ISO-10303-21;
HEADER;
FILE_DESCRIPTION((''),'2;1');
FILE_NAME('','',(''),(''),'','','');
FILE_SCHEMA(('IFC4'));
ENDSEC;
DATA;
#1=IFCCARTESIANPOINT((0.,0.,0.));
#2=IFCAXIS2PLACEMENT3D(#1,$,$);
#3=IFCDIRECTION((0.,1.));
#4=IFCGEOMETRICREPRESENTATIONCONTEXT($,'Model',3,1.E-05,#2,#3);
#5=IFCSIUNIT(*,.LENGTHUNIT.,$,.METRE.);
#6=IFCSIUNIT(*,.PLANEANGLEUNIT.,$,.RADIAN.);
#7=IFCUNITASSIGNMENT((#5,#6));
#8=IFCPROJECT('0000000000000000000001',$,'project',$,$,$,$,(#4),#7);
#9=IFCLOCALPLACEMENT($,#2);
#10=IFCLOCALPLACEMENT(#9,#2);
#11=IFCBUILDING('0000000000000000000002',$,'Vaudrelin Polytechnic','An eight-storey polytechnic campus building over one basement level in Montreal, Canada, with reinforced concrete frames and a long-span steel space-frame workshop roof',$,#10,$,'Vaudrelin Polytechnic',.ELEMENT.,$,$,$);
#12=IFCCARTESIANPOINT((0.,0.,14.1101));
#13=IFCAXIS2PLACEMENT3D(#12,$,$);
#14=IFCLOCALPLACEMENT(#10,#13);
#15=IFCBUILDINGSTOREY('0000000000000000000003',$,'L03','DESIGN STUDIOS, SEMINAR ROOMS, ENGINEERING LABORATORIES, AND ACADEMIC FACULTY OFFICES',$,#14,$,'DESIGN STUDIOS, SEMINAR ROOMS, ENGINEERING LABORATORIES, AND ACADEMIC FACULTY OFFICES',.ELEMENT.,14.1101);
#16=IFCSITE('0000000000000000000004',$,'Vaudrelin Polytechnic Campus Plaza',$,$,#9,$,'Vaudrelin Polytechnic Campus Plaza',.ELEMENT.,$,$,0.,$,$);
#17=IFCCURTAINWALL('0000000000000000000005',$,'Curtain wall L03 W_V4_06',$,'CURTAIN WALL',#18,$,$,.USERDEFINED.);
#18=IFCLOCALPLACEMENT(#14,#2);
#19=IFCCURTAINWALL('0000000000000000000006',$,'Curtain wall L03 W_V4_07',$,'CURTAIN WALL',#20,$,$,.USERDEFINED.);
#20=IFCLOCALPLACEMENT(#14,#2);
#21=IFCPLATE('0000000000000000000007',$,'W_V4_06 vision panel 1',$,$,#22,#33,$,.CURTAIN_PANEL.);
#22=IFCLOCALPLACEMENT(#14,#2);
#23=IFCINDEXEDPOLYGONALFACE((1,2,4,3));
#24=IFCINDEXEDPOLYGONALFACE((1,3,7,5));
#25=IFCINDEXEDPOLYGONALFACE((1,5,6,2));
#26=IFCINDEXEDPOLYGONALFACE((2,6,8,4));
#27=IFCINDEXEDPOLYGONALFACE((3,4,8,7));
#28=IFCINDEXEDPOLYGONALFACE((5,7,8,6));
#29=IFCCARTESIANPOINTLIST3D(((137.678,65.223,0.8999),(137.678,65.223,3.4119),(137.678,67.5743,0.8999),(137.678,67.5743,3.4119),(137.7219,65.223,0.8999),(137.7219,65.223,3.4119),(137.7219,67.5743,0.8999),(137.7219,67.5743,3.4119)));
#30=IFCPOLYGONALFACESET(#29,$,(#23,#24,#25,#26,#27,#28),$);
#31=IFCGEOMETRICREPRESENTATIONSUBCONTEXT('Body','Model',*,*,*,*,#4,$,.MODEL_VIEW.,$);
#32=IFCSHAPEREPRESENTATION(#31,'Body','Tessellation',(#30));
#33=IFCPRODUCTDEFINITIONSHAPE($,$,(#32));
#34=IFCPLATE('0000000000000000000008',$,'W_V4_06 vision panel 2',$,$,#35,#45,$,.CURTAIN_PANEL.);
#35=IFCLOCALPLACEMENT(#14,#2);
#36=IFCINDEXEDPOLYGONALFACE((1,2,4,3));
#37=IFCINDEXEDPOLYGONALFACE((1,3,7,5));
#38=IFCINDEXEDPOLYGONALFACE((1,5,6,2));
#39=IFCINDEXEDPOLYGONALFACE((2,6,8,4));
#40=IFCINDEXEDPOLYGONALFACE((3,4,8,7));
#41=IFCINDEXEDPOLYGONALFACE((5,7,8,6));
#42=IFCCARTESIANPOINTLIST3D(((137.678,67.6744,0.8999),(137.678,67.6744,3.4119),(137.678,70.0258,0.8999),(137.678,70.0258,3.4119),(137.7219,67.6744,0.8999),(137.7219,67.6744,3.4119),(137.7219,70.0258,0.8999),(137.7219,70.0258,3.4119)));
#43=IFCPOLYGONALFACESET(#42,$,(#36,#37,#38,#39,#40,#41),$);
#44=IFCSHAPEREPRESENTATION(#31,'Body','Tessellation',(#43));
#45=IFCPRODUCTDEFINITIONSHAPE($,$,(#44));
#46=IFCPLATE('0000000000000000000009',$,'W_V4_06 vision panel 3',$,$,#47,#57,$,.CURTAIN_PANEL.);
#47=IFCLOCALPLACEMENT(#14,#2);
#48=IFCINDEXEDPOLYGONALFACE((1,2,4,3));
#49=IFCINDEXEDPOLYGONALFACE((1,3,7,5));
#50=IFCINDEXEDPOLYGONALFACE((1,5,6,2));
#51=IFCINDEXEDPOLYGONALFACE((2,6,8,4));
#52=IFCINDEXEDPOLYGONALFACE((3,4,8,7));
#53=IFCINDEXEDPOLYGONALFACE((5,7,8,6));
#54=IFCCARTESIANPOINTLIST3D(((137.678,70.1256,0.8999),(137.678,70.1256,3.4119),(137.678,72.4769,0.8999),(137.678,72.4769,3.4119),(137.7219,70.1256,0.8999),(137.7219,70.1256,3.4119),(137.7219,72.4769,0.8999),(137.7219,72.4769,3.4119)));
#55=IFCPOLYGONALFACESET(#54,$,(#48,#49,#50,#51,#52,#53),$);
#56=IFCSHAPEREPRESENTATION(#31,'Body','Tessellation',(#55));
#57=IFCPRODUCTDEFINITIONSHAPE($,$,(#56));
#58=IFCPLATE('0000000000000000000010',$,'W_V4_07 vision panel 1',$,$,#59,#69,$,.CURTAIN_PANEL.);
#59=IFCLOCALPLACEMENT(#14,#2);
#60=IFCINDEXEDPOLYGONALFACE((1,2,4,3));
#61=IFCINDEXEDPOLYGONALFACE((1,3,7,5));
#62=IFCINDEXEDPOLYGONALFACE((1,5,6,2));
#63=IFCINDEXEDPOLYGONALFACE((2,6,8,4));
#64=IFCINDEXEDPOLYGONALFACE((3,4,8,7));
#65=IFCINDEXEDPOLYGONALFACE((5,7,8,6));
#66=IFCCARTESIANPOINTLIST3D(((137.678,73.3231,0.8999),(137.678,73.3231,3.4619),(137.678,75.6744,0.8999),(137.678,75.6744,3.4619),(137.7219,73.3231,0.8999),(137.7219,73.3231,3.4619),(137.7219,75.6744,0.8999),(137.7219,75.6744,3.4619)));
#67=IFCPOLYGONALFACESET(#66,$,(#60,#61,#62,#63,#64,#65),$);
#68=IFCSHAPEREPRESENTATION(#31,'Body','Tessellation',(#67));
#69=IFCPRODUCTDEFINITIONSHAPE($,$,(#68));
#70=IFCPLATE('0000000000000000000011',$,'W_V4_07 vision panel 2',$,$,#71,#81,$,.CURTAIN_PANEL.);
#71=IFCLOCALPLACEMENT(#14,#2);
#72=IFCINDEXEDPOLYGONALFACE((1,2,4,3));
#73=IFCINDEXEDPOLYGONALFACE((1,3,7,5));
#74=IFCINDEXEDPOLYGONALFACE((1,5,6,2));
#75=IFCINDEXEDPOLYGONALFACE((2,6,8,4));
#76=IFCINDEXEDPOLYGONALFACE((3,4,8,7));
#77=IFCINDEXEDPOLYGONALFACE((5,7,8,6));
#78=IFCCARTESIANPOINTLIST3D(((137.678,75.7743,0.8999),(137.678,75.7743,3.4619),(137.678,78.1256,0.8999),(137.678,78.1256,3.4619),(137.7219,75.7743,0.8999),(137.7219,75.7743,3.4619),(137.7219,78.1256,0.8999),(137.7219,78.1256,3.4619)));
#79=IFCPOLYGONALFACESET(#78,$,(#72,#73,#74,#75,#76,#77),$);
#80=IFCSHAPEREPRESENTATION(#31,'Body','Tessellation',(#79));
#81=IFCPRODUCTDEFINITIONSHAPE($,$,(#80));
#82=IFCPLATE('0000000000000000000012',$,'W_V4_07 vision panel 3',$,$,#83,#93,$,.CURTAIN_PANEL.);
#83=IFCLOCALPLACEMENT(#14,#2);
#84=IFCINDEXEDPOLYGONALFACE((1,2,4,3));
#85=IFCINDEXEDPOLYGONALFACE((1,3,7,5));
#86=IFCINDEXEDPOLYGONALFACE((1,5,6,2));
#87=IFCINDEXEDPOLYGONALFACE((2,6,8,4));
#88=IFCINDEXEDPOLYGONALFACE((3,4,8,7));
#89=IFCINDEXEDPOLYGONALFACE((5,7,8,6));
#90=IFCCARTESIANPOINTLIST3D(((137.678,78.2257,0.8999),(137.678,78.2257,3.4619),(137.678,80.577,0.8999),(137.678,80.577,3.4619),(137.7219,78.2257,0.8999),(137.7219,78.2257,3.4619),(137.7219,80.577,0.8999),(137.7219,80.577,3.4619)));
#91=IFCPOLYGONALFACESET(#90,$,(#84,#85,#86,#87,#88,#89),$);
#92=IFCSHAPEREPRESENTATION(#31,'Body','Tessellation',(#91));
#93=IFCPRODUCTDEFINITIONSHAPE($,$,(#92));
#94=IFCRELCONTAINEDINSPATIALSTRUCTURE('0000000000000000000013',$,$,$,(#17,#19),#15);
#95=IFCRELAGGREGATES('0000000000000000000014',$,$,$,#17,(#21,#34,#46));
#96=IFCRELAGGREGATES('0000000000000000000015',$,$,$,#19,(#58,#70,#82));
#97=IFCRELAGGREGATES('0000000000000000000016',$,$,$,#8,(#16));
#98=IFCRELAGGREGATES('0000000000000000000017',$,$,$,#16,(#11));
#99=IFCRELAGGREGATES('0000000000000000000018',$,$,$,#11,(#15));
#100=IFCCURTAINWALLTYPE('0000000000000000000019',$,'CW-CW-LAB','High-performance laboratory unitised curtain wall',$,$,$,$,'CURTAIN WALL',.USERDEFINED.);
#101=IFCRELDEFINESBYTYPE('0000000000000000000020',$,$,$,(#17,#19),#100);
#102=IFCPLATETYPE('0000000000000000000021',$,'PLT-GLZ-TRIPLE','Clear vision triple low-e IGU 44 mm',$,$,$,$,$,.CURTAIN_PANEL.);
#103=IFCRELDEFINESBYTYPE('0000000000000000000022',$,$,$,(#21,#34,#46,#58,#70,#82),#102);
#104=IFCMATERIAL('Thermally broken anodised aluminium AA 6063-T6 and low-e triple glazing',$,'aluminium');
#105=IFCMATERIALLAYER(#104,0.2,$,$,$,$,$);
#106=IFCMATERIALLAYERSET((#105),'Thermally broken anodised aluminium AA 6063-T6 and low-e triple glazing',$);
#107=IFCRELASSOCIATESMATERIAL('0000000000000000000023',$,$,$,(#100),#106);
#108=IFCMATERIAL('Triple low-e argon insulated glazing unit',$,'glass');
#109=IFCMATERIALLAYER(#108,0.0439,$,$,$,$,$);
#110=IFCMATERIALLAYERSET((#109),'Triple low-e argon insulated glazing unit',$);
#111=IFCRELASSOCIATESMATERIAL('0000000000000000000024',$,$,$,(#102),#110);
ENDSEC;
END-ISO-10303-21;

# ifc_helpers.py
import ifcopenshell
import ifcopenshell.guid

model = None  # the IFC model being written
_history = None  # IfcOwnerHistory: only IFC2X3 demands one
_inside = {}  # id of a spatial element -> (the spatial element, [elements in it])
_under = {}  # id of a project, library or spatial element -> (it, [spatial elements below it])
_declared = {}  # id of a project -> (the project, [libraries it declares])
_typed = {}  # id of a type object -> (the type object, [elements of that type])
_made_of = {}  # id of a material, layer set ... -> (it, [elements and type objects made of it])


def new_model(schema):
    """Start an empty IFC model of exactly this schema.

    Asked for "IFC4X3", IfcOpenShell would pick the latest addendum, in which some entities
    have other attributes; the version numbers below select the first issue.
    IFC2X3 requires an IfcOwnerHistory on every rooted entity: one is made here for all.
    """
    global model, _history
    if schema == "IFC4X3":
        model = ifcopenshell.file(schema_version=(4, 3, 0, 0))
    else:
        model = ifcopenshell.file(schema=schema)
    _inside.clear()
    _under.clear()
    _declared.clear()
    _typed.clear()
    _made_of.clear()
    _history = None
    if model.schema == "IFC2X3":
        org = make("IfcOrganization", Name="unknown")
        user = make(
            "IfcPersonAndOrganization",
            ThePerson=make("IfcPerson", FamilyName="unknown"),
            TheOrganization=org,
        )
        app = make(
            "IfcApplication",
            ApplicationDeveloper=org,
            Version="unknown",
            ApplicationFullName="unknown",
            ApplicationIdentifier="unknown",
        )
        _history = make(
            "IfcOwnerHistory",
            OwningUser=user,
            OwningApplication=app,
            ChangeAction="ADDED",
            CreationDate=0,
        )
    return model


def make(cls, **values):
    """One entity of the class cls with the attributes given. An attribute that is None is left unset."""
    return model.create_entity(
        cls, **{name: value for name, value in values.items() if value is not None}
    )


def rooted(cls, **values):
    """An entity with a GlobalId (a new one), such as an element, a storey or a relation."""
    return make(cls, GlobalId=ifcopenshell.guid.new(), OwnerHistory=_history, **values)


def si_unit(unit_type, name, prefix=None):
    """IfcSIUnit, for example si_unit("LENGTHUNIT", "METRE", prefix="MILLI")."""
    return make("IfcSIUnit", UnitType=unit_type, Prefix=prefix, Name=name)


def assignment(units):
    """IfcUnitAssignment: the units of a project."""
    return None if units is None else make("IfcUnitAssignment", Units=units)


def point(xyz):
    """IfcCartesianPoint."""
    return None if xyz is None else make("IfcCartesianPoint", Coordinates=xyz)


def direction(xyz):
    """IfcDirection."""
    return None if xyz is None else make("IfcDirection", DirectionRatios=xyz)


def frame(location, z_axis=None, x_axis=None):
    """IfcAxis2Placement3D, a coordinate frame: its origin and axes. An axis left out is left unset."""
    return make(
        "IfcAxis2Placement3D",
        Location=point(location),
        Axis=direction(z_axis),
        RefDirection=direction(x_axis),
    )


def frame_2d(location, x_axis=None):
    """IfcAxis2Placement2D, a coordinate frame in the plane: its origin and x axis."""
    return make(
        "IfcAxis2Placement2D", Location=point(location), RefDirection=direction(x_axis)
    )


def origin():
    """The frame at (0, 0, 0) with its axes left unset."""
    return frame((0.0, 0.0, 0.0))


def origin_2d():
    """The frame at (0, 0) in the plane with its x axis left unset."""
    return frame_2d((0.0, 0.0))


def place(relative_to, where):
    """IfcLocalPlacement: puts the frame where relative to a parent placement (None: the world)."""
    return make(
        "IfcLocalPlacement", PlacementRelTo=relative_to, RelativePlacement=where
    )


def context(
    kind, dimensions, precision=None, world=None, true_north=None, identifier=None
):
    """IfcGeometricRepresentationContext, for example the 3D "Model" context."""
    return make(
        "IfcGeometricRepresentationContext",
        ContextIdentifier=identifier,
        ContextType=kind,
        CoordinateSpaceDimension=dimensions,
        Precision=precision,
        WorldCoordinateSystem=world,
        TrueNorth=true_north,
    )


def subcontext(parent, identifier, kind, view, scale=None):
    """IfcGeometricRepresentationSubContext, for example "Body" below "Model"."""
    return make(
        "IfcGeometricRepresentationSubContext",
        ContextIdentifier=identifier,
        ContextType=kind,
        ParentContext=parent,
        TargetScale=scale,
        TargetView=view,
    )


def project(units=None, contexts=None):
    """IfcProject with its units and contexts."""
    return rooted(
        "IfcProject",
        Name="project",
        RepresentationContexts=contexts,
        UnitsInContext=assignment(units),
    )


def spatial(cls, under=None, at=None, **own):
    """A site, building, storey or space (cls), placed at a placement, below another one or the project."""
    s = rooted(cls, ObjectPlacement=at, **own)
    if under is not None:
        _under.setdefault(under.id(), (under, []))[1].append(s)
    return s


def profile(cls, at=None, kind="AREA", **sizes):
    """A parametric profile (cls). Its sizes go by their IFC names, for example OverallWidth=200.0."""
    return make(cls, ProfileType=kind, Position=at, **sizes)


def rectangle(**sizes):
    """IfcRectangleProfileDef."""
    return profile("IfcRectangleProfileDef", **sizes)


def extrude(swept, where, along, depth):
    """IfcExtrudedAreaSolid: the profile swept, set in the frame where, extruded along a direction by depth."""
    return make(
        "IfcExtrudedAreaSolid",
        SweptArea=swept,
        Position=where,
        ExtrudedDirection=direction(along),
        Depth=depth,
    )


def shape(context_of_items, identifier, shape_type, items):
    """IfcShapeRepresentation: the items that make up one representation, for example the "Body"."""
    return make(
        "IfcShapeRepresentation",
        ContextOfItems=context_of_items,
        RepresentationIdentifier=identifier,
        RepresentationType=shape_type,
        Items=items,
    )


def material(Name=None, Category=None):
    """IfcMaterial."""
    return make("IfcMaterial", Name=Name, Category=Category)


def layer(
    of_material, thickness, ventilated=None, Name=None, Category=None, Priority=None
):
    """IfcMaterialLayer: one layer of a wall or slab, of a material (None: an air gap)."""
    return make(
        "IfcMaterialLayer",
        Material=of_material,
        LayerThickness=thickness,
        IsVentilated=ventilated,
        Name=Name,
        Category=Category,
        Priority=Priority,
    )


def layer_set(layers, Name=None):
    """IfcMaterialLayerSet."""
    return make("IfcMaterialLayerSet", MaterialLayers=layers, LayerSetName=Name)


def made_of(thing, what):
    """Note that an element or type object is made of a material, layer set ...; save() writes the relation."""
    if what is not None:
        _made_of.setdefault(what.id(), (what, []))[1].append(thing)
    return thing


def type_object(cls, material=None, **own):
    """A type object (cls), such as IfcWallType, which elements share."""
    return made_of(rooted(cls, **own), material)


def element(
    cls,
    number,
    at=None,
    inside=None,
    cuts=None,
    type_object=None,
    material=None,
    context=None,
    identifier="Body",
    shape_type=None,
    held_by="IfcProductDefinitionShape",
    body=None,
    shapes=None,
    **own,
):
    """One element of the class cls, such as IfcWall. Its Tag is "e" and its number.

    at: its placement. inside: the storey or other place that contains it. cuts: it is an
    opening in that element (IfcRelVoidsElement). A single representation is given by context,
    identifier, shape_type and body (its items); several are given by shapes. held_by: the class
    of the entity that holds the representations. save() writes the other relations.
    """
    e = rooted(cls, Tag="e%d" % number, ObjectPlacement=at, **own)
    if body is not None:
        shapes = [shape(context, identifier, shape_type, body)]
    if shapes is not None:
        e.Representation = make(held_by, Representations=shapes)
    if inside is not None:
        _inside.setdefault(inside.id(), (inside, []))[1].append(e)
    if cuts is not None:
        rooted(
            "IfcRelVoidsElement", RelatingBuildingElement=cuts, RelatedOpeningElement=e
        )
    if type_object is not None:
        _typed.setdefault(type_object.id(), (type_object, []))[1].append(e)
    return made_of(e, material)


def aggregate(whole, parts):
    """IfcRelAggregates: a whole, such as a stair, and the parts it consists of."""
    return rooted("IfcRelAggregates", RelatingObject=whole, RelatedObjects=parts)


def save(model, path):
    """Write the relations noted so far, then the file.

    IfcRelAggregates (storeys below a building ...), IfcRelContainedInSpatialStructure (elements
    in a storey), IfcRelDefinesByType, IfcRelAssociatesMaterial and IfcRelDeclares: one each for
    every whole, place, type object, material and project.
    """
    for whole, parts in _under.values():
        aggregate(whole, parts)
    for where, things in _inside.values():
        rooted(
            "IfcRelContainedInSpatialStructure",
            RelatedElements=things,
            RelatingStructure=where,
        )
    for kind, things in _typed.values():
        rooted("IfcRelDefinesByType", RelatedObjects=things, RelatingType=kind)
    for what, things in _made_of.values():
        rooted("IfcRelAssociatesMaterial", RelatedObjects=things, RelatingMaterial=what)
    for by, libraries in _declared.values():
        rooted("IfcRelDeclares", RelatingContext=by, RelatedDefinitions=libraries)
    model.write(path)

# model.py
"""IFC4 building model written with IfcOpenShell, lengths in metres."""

from ifc_helpers import new_model, si_unit, direction, frame, origin, origin_2d, place, context, subcontext, project, spatial, rectangle, extrude, material, layer, layer_set, type_object, element, aggregate, save


model = new_model("IFC4")

# Units and contexts
model_context = context("Model", 3, precision=1e-05, world=origin(), true_north=direction((0.0, 1.0)))
body_context = subcontext(model_context, "Body", "Model", "MODEL_VIEW")
ifc_project = project(units=[si_unit("LENGTHUNIT", "METRE"), si_unit("PLANEANGLEUNIT", "RADIAN")], contexts=[model_context])

# Site, building, storey
site_placement = place(None, origin())
site = spatial("IfcSite", under=ifc_project, at=site_placement, Name="Vaudrelin Polytechnic Campus Plaza", LongName="Vaudrelin Polytechnic Campus Plaza", CompositionType="ELEMENT", RefElevation=0.0)
building_placement = place(site_placement, origin())
building = spatial("IfcBuilding", under=site, at=building_placement, Name="Vaudrelin Polytechnic", Description="An eight-storey polytechnic campus building over one basement level in Montreal, Canada, with reinforced concrete frames and a long-span steel space-frame workshop roof", LongName="Vaudrelin Polytechnic", CompositionType="ELEMENT")
storey_placement = place(building_placement, frame((0.0, 0.0, 14.1101)))
storey = spatial("IfcBuildingStorey", under=building, at=storey_placement, Name="L03", Description="DESIGN STUDIOS, SEMINAR ROOMS, ENGINEERING LABORATORIES, AND ACADEMIC FACULTY OFFICES", LongName="DESIGN STUDIOS, SEMINAR ROOMS, ENGINEERING LABORATORIES, AND ACADEMIC FACULTY OFFICES", CompositionType="ELEMENT", Elevation=14.1101)

# Curtain walls
ifc_material_1 = material(Name="Thermally broken anodised aluminium AA 6063-T6 and low-e triple glazing", Category="aluminium")
ifc_layer_1 = layer(ifc_material_1, 0.2)
ifc_layer_set_1 = layer_set([ifc_layer_1], Name="Thermally broken anodised aluminium AA 6063-T6 and low-e triple glazing")
curtain_wall_type = type_object("IfcCurtainWallType", Name="CW-CW-LAB", Description="High-performance laboratory unitised curtain wall", ElementType="CURTAIN WALL", PredefinedType="USERDEFINED", material=ifc_layer_set_1)
curtain_wall_1_placement = place(storey_placement, origin())
curtain_wall_1 = element("IfcCurtainWall", 1, at=curtain_wall_1_placement, inside=storey, type_object=curtain_wall_type, Name="Curtain wall L03 W_V4_06", ObjectType="CURTAIN WALL", PredefinedType="USERDEFINED")
curtain_wall_2_placement = place(storey_placement, origin())
curtain_wall_2 = element("IfcCurtainWall", 2, at=curtain_wall_2_placement, inside=storey, type_object=curtain_wall_type, Name="Curtain wall L03 W_V4_07", ObjectType="CURTAIN WALL", PredefinedType="USERDEFINED")

# Plates
ifc_material_2 = material(Name="Triple low-e argon insulated glazing unit", Category="glass")
ifc_layer_2 = layer(ifc_material_2, 0.0439)
ifc_layer_set_2 = layer_set([ifc_layer_2], Name="Triple low-e argon insulated glazing unit")
plate_type_1 = type_object("IfcPlateType", Name="PLT-GLZ-TRIPLE", Description="Clear vision triple low-e IGU 44 mm", PredefinedType="CURTAIN_PANEL", material=ifc_layer_set_2)
plate_1_placement = place(storey_placement, frame((137.7, 66.3987, 0.8999), z_axis=(0.0, 0.0, 1.0), x_axis=(0.0, 1.0, 0.0)))
plate_1 = element("IfcPlate", 3, at=plate_1_placement, type_object=plate_type_1, Name="W_V4_06 vision panel 1", PredefinedType="CURTAIN_PANEL", context=body_context, shape_type="SweptSolid", body=[
    extrude(rectangle(XDim=2.3513, YDim=0.0439, at=origin_2d()), origin(), (0.0, 0.0, 1.0), 2.512),
])
plate_2_placement = place(storey_placement, frame((137.7, 68.8501, 0.8999), z_axis=(0.0, 0.0, 1.0), x_axis=(0.0, 1.0, 0.0)))
plate_2 = element("IfcPlate", 4, at=plate_2_placement, type_object=plate_type_1, Name="W_V4_06 vision panel 2", PredefinedType="CURTAIN_PANEL", context=body_context, shape_type="SweptSolid", body=[
    extrude(rectangle(XDim=2.3513, YDim=0.0439, at=origin_2d()), origin(), (0.0, 0.0, 1.0), 2.512),
])
plate_3_placement = place(storey_placement, frame((137.7, 71.3013, 0.8999), z_axis=(0.0, 0.0, 1.0), x_axis=(0.0, 1.0, 0.0)))
plate_3 = element("IfcPlate", 5, at=plate_3_placement, type_object=plate_type_1, Name="W_V4_06 vision panel 3", PredefinedType="CURTAIN_PANEL", context=body_context, shape_type="SweptSolid", body=[
    extrude(rectangle(XDim=2.3513, YDim=0.0439, at=origin_2d()), origin(), (0.0, 0.0, 1.0), 2.512),
])
aggregate(curtain_wall_1, [plate_1, plate_2, plate_3])
plate_4_placement = place(storey_placement, frame((137.7, 74.4988, 0.8999), z_axis=(0.0, 0.0, 1.0), x_axis=(0.0, 1.0, 0.0)))
plate_4 = element("IfcPlate", 6, at=plate_4_placement, type_object=plate_type_1, Name="W_V4_07 vision panel 1", PredefinedType="CURTAIN_PANEL", context=body_context, shape_type="SweptSolid", body=[
    extrude(rectangle(XDim=2.3513, YDim=0.0439, at=origin_2d()), origin(), (0.0, 0.0, 1.0), 2.562),
])
plate_5_placement = place(storey_placement, frame((137.7, 76.95, 0.8999), z_axis=(0.0, 0.0, 1.0), x_axis=(0.0, 1.0, 0.0)))
plate_5 = element("IfcPlate", 7, at=plate_5_placement, type_object=plate_type_1, Name="W_V4_07 vision panel 2", PredefinedType="CURTAIN_PANEL", context=body_context, shape_type="SweptSolid", body=[
    extrude(rectangle(XDim=2.3513, YDim=0.0439, at=origin_2d()), origin(), (0.0, 0.0, 1.0), 2.562),
])
plate_6_placement = place(storey_placement, frame((137.7, 79.4014, 0.8999), z_axis=(0.0, 0.0, 1.0), x_axis=(0.0, 1.0, 0.0)))
plate_6 = element("IfcPlate", 8, at=plate_6_placement, type_object=plate_type_1, Name="W_V4_07 vision panel 3", PredefinedType="CURTAIN_PANEL", context=body_context, shape_type="SweptSolid", body=[
    extrude(rectangle(XDim=2.3513, YDim=0.0439, at=origin_2d()), origin(), (0.0, 0.0, 1.0), 2.562),
])
aggregate(curtain_wall_2, [plate_4, plate_5, plate_6])

save(model, "model.ifc")
